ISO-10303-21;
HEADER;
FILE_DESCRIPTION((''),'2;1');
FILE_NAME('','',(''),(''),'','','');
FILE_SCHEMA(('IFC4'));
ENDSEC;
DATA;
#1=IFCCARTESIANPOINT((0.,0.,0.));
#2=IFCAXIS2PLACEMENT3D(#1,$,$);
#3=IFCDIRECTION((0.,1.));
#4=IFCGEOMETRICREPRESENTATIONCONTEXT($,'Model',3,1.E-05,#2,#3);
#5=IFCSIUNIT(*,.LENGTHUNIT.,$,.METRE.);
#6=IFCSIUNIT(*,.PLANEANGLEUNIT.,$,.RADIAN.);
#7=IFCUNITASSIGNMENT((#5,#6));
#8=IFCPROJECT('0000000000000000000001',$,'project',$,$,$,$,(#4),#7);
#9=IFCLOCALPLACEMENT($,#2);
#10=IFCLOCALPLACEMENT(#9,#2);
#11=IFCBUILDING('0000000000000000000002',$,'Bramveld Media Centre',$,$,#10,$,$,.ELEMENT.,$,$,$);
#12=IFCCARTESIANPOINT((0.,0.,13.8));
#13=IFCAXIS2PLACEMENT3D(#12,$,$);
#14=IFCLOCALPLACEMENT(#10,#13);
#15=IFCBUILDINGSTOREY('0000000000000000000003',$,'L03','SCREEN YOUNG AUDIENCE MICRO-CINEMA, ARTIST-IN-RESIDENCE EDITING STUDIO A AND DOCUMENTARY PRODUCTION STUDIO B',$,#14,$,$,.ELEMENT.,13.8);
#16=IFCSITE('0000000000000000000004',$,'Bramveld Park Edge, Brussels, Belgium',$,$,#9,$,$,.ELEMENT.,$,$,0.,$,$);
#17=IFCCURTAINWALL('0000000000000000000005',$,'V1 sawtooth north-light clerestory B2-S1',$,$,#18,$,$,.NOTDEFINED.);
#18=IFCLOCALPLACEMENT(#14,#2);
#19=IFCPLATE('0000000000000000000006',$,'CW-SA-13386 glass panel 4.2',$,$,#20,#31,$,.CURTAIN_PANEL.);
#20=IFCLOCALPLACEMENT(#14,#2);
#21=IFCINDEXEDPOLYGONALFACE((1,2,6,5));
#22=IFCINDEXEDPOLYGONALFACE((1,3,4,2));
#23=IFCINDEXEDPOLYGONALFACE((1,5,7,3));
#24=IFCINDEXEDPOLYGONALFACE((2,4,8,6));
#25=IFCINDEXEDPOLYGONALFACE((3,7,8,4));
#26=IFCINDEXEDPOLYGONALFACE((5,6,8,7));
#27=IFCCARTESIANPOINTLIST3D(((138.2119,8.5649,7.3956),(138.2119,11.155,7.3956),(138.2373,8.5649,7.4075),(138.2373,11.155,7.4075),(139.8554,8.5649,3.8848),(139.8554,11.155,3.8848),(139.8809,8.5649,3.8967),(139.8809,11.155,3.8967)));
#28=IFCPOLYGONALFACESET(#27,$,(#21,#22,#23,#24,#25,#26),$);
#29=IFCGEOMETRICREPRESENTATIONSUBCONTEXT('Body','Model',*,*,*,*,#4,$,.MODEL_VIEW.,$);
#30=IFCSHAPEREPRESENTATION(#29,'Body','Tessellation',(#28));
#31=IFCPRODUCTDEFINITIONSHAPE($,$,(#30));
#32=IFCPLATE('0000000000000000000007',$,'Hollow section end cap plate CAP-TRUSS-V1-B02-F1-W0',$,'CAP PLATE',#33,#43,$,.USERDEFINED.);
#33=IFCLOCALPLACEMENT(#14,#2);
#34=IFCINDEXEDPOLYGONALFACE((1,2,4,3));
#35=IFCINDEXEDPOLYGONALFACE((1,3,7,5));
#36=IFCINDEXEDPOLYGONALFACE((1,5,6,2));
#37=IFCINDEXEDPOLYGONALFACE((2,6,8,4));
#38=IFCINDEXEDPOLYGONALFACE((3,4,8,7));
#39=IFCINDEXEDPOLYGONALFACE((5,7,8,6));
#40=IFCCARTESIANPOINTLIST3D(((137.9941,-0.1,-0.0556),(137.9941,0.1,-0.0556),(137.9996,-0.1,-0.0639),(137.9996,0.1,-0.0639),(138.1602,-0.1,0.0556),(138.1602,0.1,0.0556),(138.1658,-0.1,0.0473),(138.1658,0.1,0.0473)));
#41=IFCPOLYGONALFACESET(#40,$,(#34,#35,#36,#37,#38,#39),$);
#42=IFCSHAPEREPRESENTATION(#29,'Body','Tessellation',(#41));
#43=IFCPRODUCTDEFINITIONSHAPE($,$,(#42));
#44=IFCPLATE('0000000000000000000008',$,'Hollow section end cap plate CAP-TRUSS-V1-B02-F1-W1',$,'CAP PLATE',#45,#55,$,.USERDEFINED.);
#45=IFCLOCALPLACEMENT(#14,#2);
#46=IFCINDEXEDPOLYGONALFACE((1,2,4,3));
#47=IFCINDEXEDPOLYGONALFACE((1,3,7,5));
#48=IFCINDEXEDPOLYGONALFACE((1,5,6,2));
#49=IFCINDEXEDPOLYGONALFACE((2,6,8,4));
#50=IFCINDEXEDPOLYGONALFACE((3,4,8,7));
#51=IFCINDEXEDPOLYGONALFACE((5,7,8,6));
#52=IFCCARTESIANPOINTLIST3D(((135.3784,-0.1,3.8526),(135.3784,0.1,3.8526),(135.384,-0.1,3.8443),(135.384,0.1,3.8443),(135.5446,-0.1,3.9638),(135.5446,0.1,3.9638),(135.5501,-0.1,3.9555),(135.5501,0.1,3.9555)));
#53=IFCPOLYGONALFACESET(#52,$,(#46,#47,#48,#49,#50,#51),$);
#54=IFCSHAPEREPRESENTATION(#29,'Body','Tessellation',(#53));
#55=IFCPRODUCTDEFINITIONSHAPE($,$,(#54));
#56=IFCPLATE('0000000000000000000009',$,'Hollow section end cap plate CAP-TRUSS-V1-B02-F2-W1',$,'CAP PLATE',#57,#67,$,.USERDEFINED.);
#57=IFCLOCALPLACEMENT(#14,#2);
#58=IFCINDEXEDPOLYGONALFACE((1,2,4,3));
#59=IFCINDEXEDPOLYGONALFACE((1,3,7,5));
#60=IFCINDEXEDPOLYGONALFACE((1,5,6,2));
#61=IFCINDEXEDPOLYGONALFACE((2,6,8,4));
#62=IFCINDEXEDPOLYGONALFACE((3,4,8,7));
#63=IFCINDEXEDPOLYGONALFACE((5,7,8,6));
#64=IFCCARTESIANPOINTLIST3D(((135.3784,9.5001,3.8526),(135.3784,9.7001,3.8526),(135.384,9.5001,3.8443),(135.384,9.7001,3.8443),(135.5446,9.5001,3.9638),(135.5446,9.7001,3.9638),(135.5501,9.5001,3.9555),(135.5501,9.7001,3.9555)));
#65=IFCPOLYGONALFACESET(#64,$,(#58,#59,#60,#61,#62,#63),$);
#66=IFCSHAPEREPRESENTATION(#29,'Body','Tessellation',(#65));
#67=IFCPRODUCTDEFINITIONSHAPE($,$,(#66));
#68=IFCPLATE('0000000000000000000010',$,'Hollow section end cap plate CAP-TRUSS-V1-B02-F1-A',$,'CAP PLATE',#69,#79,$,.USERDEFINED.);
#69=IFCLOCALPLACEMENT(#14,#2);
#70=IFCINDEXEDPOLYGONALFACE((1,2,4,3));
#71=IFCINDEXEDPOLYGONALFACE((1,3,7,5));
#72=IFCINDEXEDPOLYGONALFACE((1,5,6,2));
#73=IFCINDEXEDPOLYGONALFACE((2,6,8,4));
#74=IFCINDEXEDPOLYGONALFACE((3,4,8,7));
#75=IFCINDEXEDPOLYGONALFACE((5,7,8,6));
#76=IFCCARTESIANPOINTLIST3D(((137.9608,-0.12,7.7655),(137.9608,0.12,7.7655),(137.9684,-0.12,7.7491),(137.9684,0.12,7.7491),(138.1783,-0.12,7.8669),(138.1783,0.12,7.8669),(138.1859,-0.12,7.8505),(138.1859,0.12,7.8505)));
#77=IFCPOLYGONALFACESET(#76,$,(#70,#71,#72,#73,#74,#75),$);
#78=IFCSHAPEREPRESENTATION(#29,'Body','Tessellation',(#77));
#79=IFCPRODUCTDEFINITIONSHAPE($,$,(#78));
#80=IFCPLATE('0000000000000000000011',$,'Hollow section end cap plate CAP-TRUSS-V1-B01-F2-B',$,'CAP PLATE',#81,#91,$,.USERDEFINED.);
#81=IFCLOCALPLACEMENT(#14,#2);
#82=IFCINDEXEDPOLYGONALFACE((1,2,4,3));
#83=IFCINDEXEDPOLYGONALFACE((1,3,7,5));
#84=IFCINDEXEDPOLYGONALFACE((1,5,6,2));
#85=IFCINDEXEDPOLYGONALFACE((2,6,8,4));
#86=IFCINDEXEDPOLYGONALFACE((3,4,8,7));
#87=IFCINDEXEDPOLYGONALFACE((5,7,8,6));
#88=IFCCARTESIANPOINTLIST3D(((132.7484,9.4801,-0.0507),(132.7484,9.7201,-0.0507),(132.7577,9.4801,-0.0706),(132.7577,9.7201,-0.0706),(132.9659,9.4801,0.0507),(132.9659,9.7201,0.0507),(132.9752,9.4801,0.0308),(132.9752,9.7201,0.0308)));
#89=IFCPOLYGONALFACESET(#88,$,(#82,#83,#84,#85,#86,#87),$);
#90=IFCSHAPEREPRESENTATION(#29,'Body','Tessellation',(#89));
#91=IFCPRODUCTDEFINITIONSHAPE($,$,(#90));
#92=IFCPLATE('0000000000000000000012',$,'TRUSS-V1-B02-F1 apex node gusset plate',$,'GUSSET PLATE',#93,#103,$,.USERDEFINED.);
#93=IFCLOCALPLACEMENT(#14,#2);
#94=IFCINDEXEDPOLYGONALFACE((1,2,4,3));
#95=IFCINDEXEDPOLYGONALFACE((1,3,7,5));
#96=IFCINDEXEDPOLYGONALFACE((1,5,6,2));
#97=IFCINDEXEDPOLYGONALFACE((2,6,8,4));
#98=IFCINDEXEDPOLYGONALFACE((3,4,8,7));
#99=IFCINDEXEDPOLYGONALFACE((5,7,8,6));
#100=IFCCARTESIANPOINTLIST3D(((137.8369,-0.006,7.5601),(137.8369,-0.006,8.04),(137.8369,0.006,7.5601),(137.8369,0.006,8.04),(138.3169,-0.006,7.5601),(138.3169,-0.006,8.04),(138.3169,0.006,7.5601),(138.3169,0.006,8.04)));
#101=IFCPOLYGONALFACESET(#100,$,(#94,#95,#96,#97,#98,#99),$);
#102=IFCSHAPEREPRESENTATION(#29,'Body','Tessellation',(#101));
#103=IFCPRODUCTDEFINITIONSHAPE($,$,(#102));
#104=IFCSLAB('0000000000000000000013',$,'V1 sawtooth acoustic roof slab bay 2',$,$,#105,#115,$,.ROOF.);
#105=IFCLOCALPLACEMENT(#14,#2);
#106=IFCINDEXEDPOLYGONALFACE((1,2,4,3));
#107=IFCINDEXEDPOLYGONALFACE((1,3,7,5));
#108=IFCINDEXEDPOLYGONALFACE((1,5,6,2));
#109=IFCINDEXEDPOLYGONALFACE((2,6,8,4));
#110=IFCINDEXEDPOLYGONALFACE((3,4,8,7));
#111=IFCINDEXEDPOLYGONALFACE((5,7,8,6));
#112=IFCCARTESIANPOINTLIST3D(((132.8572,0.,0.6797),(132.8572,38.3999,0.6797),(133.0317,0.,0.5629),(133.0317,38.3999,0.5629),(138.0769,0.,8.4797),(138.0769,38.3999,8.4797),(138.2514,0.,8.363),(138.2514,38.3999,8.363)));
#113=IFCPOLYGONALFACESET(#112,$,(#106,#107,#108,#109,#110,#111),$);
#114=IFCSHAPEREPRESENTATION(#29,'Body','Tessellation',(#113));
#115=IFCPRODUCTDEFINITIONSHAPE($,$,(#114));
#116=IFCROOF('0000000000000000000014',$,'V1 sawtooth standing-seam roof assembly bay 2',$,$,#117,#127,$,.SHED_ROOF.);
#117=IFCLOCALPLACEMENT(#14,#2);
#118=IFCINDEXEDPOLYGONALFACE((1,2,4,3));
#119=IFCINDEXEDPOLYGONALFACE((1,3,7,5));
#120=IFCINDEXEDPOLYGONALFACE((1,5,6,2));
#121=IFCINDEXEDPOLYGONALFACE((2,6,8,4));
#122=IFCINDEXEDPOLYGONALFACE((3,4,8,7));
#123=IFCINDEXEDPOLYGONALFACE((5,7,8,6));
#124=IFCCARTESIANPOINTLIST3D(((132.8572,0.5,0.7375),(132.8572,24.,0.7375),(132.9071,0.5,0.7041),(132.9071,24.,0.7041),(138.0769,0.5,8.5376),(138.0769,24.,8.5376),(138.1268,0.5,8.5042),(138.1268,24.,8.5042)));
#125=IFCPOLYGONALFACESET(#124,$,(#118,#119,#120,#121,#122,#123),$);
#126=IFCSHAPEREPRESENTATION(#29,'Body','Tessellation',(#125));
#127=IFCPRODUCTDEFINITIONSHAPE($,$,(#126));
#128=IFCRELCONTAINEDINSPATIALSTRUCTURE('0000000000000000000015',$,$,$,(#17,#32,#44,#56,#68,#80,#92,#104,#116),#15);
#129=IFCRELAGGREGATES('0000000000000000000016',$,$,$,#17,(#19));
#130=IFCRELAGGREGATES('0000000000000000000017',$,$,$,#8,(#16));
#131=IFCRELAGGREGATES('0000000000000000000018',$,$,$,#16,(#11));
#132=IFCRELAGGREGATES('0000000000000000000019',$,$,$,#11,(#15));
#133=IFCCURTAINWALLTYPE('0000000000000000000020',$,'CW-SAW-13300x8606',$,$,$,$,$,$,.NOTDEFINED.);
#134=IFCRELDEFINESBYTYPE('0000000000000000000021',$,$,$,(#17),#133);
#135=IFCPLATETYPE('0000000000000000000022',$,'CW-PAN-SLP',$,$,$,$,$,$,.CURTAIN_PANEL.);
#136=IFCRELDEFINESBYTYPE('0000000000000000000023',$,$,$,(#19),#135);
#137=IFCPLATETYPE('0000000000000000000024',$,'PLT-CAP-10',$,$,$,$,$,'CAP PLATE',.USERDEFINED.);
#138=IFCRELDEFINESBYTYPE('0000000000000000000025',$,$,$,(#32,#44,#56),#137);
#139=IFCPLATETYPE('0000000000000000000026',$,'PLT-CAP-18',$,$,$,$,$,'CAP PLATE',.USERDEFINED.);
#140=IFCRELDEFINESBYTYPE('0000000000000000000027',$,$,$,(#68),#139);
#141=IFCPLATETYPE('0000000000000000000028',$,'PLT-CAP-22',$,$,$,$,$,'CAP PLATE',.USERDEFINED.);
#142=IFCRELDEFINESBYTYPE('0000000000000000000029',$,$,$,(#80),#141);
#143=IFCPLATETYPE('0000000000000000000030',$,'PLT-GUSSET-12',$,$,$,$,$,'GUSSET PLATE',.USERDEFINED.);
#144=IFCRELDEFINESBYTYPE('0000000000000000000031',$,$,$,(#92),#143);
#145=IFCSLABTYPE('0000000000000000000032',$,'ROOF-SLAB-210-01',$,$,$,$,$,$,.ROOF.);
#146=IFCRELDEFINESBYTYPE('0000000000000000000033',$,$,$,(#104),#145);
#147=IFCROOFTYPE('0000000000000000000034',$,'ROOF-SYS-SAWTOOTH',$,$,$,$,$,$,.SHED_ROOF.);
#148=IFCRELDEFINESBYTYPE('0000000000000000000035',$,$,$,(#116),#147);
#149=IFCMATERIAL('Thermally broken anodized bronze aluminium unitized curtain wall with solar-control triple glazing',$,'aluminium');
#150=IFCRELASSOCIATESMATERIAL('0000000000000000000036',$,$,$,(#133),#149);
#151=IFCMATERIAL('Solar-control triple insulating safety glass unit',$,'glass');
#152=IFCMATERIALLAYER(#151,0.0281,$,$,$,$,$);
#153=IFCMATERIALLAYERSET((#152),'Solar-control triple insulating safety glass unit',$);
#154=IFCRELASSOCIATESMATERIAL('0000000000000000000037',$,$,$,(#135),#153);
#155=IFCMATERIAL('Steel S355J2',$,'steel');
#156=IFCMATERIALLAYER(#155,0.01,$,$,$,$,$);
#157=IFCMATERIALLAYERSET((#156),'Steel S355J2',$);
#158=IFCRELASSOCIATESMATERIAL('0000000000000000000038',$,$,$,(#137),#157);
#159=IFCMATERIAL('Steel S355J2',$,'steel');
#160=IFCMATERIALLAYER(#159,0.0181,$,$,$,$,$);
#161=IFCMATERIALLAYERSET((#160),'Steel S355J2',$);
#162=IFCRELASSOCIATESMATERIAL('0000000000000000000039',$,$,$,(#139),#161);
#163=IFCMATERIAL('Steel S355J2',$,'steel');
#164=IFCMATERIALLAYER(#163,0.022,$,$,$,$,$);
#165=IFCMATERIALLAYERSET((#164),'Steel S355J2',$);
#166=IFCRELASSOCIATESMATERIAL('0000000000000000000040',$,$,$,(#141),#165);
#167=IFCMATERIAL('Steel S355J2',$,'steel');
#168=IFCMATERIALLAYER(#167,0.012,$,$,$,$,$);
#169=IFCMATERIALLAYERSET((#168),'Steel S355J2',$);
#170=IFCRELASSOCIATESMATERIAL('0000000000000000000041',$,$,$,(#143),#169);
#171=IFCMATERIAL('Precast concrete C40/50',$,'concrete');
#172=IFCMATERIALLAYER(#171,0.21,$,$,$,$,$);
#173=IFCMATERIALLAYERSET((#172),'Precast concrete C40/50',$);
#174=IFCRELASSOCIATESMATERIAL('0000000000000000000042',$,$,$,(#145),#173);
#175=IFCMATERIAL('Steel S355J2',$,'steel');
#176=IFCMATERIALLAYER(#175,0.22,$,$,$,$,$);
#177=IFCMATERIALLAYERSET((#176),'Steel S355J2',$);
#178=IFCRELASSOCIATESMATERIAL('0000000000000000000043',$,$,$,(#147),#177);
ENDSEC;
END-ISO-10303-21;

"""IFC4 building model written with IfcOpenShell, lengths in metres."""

from ifc_helpers import new_model, si_unit, direction, frame, origin, origin_2d, place, context, subcontext, project, spatial, polyline, rectangle, outline, extrude, material, layer, layer_set, type_object, element, aggregate, save


model = new_model("IFC4")

# Units and contexts
model_context = context("Model", 3, precision=1e-05, world=origin(), true_north=direction((0.0, 1.0)))
body_context = subcontext(model_context, "Body", "Model", "MODEL_VIEW")
ifc_project = project(units=[si_unit("LENGTHUNIT", "METRE"), si_unit("PLANEANGLEUNIT", "RADIAN")], contexts=[model_context])

# Site, building, storey
site_placement = place(None, origin())
site = spatial("IfcSite", under=ifc_project, at=site_placement, Name="Bramveld Park Edge, Brussels, Belgium", CompositionType="ELEMENT", RefElevation=0.0)
building_placement = place(site_placement, origin())
building = spatial("IfcBuilding", under=site, at=building_placement, Name="Bramveld Media Centre", CompositionType="ELEMENT")
storey_placement = place(building_placement, frame((0.0, 0.0, 13.8)))
storey = spatial("IfcBuildingStorey", under=building, at=storey_placement, Name="L03", Description="SCREEN YOUNG AUDIENCE MICRO-CINEMA, ARTIST-IN-RESIDENCE EDITING STUDIO A AND DOCUMENTARY PRODUCTION STUDIO B", CompositionType="ELEMENT", Elevation=13.8)

# Curtain wall
ifc_material_1 = material(Name="Thermally broken anodized bronze aluminium unitized curtain wall with solar-control triple glazing", Category="aluminium")
curtain_wall_type = type_object("IfcCurtainWallType", Name="CW-SAW-13300x8606", PredefinedType="NOTDEFINED", material=ifc_material_1)
curtain_wall_1_placement = place(storey_placement, origin())
curtain_wall_1 = element("IfcCurtainWall", 1, at=curtain_wall_1_placement, inside=storey, type_object=curtain_wall_type, Name="V1 sawtooth north-light clerestory B2-S1", PredefinedType="NOTDEFINED")

# Plate
ifc_material_2 = material(Name="Solar-control triple insulating safety glass unit", Category="glass")
ifc_layer_1 = layer(ifc_material_2, 0.0281)
ifc_layer_set_1 = layer_set([ifc_layer_1], Name="Solar-control triple insulating safety glass unit")
plate_type_1 = type_object("IfcPlateType", Name="CW-PAN-SLP", PredefinedType="CURTAIN_PANEL", material=ifc_layer_set_1)
plate_1_placement = place(storey_placement, frame((139.8809, 8.5649, 3.8967), z_axis=(0.905668, 0.0, 0.423988), x_axis=(0.0, 1.0, 0.0)))
plate_1 = element("IfcPlate", 2, at=plate_1_placement, type_object=plate_type_1, Name="CW-SA-13386 glass panel 4.2", PredefinedType="CURTAIN_PANEL", context=body_context, shape_type="SweptSolid", body=[
    extrude(outline(polyline([(0.0, 0.0), (2.5901, 0.0), (2.5901, 3.8764), (0.0, 3.8764), (0.0, 0.0)])), origin(), (0.0, 0.0, -1.0), 0.0281),
])
aggregate(curtain_wall_1, [plate_1])

# Plates
ifc_material_3 = material(Name="Steel S355J2", Category="steel")
ifc_layer_2 = layer(ifc_material_3, 0.01)
ifc_layer_set_2 = layer_set([ifc_layer_2], Name="Steel S355J2")
plate_type_2 = type_object("IfcPlateType", Name="PLT-CAP-10", ElementType="CAP PLATE", PredefinedType="USERDEFINED", material=ifc_layer_set_2)
for number, where, z_axis, x_axis, name in (
    (3, (138.0771, 0.0, 0.0), (0.55616, 0.0, -0.831075), (0.0, 1.0, 0.0), "Hollow section end cap plate CAP-TRUSS-V1-B02-F1-W0"),
    (4, (135.467, 0.0, 3.8999), (-0.55616, 0.0, 0.831075), (0.0, -1.0, 0.0), "Hollow section end cap plate CAP-TRUSS-V1-B02-F1-W1"),
    (5, (135.467, 9.6001, 3.8999), (-0.55616, 0.0, 0.831075), (0.0, -1.0, 0.0), "Hollow section end cap plate CAP-TRUSS-V1-B02-F2-W1"),
):
    element("IfcPlate", number, at=place(storey_placement, frame(where, z_axis=z_axis, x_axis=x_axis)), inside=storey, type_object=plate_type_2, Name=name, ObjectType="CAP PLATE", PredefinedType="USERDEFINED", context=body_context, shape_type="SweptSolid", body=[
        extrude(rectangle(XDim=0.2, YDim=0.2, at=origin_2d()), origin(), (0.0, 0.0, 1.0), 0.01),
    ])
ifc_material_4 = material(Name="Steel S355J2", Category="steel")
ifc_layer_3 = layer(ifc_material_4, 0.0181)
ifc_layer_set_3 = layer_set([ifc_layer_3], Name="Steel S355J2")
plate_type_3 = type_object("IfcPlateType", Name="PLT-CAP-18", ElementType="CAP PLATE", PredefinedType="USERDEFINED", material=ifc_layer_set_3)
plate_2_placement = place(storey_placement, frame((138.0771, 0.0, 7.7998), z_axis=(-0.422628, 0.0, 0.906303), x_axis=(0.0, -1.0, 0.0)))
element("IfcPlate", 6, at=plate_2_placement, inside=storey, type_object=plate_type_3, Name="Hollow section end cap plate CAP-TRUSS-V1-B02-F1-A", ObjectType="CAP PLATE", PredefinedType="USERDEFINED", context=body_context, shape_type="SweptSolid", body=[
    extrude(rectangle(XDim=0.24, YDim=0.24, at=origin_2d()), origin(), (0.0, 0.0, 1.0), 0.0181),
])
ifc_material_5 = material(Name="Steel S355J2", Category="steel")
ifc_layer_4 = layer(ifc_material_5, 0.022)
ifc_layer_set_4 = layer_set([ifc_layer_4], Name="Steel S355J2")
plate_type_4 = type_object("IfcPlateType", Name="PLT-CAP-22", ElementType="CAP PLATE", PredefinedType="USERDEFINED", material=ifc_layer_set_4)
plate_3_placement = place(storey_placement, frame((132.8572, 9.6001, 0.0), z_axis=(0.422618, 0.0, -0.906308), x_axis=(0.0, 1.0, 0.0)))
element("IfcPlate", 7, at=plate_3_placement, inside=storey, type_object=plate_type_4, Name="Hollow section end cap plate CAP-TRUSS-V1-B01-F2-B", ObjectType="CAP PLATE", PredefinedType="USERDEFINED", context=body_context, shape_type="SweptSolid", body=[
    extrude(rectangle(XDim=0.24, YDim=0.24, at=origin_2d()), origin(), (0.0, 0.0, 1.0), 0.022),
])
ifc_material_6 = material(Name="Steel S355J2", Category="steel")
ifc_layer_5 = layer(ifc_material_6, 0.012)
ifc_layer_set_5 = layer_set([ifc_layer_5], Name="Steel S355J2")
plate_type_5 = type_object("IfcPlateType", Name="PLT-GUSSET-12", ElementType="GUSSET PLATE", PredefinedType="USERDEFINED", material=ifc_layer_set_5)
plate_4_placement = place(storey_placement, frame((138.0769, 0.0, 7.5601), z_axis=(0.0, 0.0, 1.0), x_axis=(1.0, 0.0, 0.0)))
element("IfcPlate", 8, at=plate_4_placement, inside=storey, type_object=plate_type_5, Name="TRUSS-V1-B02-F1 apex node gusset plate", ObjectType="GUSSET PLATE", PredefinedType="USERDEFINED", context=body_context, shape_type="SweptSolid", body=[
    extrude(rectangle(XDim=0.48, YDim=0.012, at=origin_2d()), origin(), (0.0, 0.0, 1.0), 0.48),
])

# Slab
ifc_material_7 = material(Name="Precast concrete C40/50", Category="concrete")
ifc_layer_6 = layer(ifc_material_7, 0.21)
ifc_layer_set_6 = layer_set([ifc_layer_6], Name="Precast concrete C40/50")
slab_type = type_object("IfcSlabType", Name="ROOF-SLAB-210-01", PredefinedType="ROOF", material=ifc_layer_set_6)
slab_placement = place(storey_placement, frame((132.8572, 0.0, 0.6797), z_axis=(-0.831081, 0.0, 0.556152), x_axis=(0.556152, 0.0, 0.831081)))
element("IfcSlab", 9, at=slab_placement, inside=storey, type_object=slab_type, Name="V1 sawtooth acoustic roof slab bay 2", PredefinedType="ROOF", context=body_context, shape_type="SweptSolid", body=[
    extrude(outline(polyline([(0.0, 0.0), (9.3854, 0.0), (9.3854, 38.3999), (0.0, 38.3999), (0.0, 0.0)])), origin(), (0.0, 0.0, -1.0), 0.21),
])

# Roof
ifc_material_8 = material(Name="Steel S355J2", Category="steel")
ifc_layer_7 = layer(ifc_material_8, 0.22)
ifc_layer_set_7 = layer_set([ifc_layer_7], Name="Steel S355J2")
roof_type = type_object("IfcRoofType", Name="ROOF-SYS-SAWTOOTH", PredefinedType="SHED_ROOF", material=ifc_layer_set_7)
roof_placement = place(storey_placement, frame((132.8572, 0.5, 0.7375), z_axis=(-0.831081, 0.0, 0.556152), x_axis=(0.556152, 0.0, 0.831081)))
element("IfcRoof", 10, at=roof_placement, inside=storey, type_object=roof_type, Name="V1 sawtooth standing-seam roof assembly bay 2", PredefinedType="SHED_ROOF", context=body_context, shape_type="SweptSolid", body=[
    extrude(outline(polyline([(0.0, 0.0), (9.3854, 0.0), (9.3854, 23.5), (0.0, 23.5), (0.0, 0.0)])), origin(), (0.0, 0.0, -1.0), 0.0601),
])

save(model, "model.ifc")
